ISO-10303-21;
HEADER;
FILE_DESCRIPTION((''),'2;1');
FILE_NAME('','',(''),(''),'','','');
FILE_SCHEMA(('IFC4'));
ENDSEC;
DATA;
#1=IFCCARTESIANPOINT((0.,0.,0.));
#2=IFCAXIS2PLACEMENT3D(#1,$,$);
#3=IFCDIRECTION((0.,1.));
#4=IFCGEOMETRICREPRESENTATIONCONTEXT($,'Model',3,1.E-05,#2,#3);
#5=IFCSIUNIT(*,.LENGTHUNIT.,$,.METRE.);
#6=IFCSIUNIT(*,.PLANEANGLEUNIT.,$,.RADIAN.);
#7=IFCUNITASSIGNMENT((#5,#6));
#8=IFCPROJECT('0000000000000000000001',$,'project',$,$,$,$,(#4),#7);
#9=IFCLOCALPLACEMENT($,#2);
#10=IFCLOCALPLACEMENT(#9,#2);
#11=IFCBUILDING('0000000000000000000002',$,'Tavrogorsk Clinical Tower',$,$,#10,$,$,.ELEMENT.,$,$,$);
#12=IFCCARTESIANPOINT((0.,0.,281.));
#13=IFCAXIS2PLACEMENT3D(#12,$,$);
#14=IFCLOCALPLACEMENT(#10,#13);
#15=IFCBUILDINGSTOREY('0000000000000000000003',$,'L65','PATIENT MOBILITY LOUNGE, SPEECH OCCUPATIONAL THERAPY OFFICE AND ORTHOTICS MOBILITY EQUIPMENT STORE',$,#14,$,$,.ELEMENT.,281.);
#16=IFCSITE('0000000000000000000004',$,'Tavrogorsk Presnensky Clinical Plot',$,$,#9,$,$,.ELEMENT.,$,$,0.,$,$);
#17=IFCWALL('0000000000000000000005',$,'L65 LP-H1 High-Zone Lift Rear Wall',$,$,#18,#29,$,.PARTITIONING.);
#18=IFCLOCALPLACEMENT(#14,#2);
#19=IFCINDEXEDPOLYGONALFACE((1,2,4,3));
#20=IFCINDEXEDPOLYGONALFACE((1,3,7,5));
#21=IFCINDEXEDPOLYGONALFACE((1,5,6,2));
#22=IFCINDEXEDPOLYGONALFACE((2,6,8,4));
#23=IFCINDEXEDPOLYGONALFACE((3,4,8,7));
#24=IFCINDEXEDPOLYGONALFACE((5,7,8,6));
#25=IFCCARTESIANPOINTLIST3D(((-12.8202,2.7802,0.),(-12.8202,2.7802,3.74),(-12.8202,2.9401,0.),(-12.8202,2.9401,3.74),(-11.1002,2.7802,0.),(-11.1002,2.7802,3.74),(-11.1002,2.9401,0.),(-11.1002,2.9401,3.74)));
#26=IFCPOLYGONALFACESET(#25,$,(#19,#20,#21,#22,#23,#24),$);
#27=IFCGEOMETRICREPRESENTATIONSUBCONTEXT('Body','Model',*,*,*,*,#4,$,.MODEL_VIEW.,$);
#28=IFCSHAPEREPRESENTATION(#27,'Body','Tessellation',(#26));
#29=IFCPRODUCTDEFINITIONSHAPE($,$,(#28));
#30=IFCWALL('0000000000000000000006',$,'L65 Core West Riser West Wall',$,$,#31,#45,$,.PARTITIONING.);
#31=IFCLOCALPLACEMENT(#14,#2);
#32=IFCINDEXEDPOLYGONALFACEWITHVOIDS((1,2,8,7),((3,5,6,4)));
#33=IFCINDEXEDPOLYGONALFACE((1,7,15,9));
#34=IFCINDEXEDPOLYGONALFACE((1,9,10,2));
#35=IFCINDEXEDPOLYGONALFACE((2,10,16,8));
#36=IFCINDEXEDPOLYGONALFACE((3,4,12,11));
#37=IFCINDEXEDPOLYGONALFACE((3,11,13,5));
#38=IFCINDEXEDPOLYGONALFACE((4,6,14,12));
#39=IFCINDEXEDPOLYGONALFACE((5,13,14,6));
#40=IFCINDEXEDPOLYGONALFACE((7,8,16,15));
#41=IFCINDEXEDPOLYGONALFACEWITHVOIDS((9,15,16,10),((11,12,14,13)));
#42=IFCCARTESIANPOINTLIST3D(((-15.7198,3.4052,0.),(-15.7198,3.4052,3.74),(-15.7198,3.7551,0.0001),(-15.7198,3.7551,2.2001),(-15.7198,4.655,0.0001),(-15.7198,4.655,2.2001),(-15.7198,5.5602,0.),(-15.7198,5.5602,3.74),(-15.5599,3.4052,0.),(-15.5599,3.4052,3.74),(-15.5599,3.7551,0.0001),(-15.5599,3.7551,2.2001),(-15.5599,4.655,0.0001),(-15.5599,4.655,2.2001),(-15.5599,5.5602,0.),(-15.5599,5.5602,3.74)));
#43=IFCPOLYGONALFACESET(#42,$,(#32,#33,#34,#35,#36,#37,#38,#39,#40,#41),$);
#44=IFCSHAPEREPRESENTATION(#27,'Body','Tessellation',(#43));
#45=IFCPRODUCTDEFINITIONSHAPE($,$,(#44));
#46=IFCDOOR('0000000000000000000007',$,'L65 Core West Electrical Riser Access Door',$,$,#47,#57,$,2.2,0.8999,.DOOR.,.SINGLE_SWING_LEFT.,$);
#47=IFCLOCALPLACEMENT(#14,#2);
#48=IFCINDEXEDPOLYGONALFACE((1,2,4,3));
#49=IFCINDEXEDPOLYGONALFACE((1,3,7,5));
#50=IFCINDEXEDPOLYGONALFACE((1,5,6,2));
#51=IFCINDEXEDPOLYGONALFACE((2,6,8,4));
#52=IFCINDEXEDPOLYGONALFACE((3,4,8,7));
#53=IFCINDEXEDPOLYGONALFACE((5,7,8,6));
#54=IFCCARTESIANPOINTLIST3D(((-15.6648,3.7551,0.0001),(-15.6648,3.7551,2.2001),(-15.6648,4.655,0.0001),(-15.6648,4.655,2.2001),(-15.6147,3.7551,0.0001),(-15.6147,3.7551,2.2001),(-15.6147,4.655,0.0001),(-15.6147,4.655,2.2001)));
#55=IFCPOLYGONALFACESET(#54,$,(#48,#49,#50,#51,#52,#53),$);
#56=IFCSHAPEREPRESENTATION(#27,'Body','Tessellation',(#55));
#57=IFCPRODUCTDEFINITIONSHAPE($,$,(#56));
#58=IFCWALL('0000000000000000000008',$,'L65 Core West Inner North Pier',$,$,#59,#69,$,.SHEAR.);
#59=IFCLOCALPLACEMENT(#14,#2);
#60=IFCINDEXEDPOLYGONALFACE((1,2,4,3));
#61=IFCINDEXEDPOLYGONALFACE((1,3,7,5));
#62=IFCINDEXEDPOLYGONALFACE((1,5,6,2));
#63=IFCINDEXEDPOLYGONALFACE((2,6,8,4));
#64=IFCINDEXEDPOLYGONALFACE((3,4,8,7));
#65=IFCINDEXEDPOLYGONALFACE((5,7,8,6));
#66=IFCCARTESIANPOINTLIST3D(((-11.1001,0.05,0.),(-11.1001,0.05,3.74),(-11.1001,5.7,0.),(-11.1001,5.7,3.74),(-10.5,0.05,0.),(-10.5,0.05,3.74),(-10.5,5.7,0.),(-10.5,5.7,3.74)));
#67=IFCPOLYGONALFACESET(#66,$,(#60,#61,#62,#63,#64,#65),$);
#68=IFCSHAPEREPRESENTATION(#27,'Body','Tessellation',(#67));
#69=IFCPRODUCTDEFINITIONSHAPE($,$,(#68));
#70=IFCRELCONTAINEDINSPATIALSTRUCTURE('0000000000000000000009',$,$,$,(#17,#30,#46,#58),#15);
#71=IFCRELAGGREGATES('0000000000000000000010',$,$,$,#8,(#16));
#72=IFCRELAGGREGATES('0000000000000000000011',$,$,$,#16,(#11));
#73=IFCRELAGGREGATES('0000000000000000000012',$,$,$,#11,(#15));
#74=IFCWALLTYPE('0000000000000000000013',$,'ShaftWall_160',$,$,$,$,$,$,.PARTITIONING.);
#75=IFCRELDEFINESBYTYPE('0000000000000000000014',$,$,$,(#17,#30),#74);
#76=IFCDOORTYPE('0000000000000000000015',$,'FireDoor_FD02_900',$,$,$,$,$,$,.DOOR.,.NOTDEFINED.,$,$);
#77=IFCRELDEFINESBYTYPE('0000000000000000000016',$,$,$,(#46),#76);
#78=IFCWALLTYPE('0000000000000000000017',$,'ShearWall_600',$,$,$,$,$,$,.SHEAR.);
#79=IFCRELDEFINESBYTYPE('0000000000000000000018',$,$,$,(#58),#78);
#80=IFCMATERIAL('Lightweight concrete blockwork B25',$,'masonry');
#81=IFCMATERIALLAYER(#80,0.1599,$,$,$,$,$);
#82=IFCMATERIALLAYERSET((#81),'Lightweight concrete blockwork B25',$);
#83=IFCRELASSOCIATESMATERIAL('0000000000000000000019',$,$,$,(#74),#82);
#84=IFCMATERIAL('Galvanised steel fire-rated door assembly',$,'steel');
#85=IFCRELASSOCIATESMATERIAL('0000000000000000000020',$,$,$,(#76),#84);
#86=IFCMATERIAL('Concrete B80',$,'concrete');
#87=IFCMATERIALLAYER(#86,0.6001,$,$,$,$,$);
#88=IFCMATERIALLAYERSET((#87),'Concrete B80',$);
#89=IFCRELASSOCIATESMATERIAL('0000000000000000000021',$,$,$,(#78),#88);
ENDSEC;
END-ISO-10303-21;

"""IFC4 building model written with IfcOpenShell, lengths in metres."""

from ifc_helpers import new_model, si_unit, direction, frame, frame_2d, origin, place, context, subcontext, project, spatial, rectangle, extrude, material, layer, layer_set, type_object, element, fill, save


model = new_model("IFC4")

# Units and contexts
model_context = context("Model", 3, precision=1e-05, world=origin(), true_north=direction((0.0, 1.0)))
body_context = subcontext(model_context, "Body", "Model", "MODEL_VIEW")
ifc_project = project(units=[si_unit("LENGTHUNIT", "METRE"), si_unit("PLANEANGLEUNIT", "RADIAN")], contexts=[model_context])

# Site, building, storey
site_placement = place(None, origin())
site = spatial("IfcSite", under=ifc_project, at=site_placement, Name="Tavrogorsk Presnensky Clinical Plot", CompositionType="ELEMENT", RefElevation=0.0)
building_placement = place(site_placement, origin())
building = spatial("IfcBuilding", under=site, at=building_placement, Name="Tavrogorsk Clinical Tower", CompositionType="ELEMENT")
storey_placement = place(building_placement, frame((0.0, 0.0, 281.0)))
storey = spatial("IfcBuildingStorey", under=building, at=storey_placement, Name="L65", Description="PATIENT MOBILITY LOUNGE, SPEECH OCCUPATIONAL THERAPY OFFICE AND ORTHOTICS MOBILITY EQUIPMENT STORE", CompositionType="ELEMENT", Elevation=281.0)

# Shared definitions
ifc_material_1 = material(Name="Lightweight concrete blockwork B25", Category="masonry")
ifc_layer_1 = layer(ifc_material_1, 0.1599)
ifc_layer_set_1 = layer_set([ifc_layer_1], Name="Lightweight concrete blockwork B25")
wall_type_1 = type_object("IfcWallType", Name="ShaftWall_160", PredefinedType="PARTITIONING", material=ifc_layer_set_1)

# Wall
wall_1_placement = place(storey_placement, frame((-12.8201, 2.8601, 0.0), z_axis=(0.0, 0.0, 1.0), x_axis=(1.0, 0.0, 0.0)))
element("IfcWall", 1, at=wall_1_placement, inside=storey, type_object=wall_type_1, Name="L65 LP-H1 High-Zone Lift Rear Wall", PredefinedType="PARTITIONING", context=body_context, shape_type="SweptSolid", body=[
    extrude(rectangle(XDim=1.72, YDim=0.1599, at=frame_2d((0.8599, 0.0))), origin(), (0.0, 0.0, 1.0), 3.74),
])

# Wall, opening, door
wall_2_placement = place(storey_placement, frame((-15.6399, 3.405, 0.0), z_axis=(0.0, 0.0, 1.0), x_axis=(0.0, 1.0, 0.0)))
wall_2 = element("IfcWall", 2, at=wall_2_placement, inside=storey, type_object=wall_type_1, Name="L65 Core West Riser West Wall", PredefinedType="PARTITIONING", context=body_context, shape_type="SweptSolid", body=[
    extrude(rectangle(XDim=2.155, YDim=0.1599, at=frame_2d((1.0776, 0.0))), origin(), (0.0, 0.0, 1.0), 3.74),
])
opening_1_placement = place(wall_2_placement, frame((0.3501, 0.0, 0.0)))
opening_1 = element("IfcOpeningElement", 3, at=opening_1_placement, cuts=wall_2, PredefinedType="OPENING", context=body_context, shape_type="SweptSolid", body=[
    extrude(rectangle(XDim=0.8999, YDim=2.2, at=frame_2d((0.45, 1.1001))), frame((0.0, 0.0898, 0.0), z_axis=(0.0, -1.0, 0.0), x_axis=(1.0, 0.0, 0.0)), (0.0, 0.0, 1.0), 0.1799),
])
ifc_material_2 = material(Name="Galvanised steel fire-rated door assembly", Category="steel")
door_type_1 = type_object("IfcDoorType", Name="FireDoor_FD02_900", OperationType="NOTDEFINED", PredefinedType="DOOR", material=ifc_material_2)
door_1_placement = place(opening_1_placement, origin())
door_1 = element("IfcDoor", 4, at=door_1_placement, inside=storey, type_object=door_type_1, Name="L65 Core West Electrical Riser Access Door", OperationType="SINGLE_SWING_LEFT", OverallHeight=2.2, OverallWidth=0.8999, PredefinedType="DOOR", context=body_context, shape_type="SweptSolid", body=[
    extrude(rectangle(XDim=0.8999, YDim=2.2, at=frame_2d((0.45, 1.1001))), frame((0.0, 0.0249, 0.0), z_axis=(0.0, -1.0, 0.0), x_axis=(1.0, 0.0, 0.0)), (0.0, 0.0, 1.0), 0.05),
])
fill(opening_1, door_1)

# Wall
ifc_material_3 = material(Name="Concrete B80", Category="concrete")
ifc_layer_2 = layer(ifc_material_3, 0.6001)
ifc_layer_set_2 = layer_set([ifc_layer_2], Name="Concrete B80")
wall_type_2 = type_object("IfcWallType", Name="ShearWall_600", PredefinedType="SHEAR", material=ifc_layer_set_2)
wall_3_placement = place(storey_placement, frame((-10.8, 0.05, 0.0), z_axis=(0.0, 0.0, 1.0), x_axis=(0.0, 1.0, 0.0)))
element("IfcWall", 5, at=wall_3_placement, inside=storey, type_object=wall_type_2, Name="L65 Core West Inner North Pier", PredefinedType="SHEAR", context=body_context, shape_type="SweptSolid", body=[
    extrude(rectangle(XDim=5.6499, YDim=0.6001, at=frame_2d((2.825, 0.0))), origin(), (0.0, 0.0, 1.0), 3.74),
])

save(model, "model.ifc")
